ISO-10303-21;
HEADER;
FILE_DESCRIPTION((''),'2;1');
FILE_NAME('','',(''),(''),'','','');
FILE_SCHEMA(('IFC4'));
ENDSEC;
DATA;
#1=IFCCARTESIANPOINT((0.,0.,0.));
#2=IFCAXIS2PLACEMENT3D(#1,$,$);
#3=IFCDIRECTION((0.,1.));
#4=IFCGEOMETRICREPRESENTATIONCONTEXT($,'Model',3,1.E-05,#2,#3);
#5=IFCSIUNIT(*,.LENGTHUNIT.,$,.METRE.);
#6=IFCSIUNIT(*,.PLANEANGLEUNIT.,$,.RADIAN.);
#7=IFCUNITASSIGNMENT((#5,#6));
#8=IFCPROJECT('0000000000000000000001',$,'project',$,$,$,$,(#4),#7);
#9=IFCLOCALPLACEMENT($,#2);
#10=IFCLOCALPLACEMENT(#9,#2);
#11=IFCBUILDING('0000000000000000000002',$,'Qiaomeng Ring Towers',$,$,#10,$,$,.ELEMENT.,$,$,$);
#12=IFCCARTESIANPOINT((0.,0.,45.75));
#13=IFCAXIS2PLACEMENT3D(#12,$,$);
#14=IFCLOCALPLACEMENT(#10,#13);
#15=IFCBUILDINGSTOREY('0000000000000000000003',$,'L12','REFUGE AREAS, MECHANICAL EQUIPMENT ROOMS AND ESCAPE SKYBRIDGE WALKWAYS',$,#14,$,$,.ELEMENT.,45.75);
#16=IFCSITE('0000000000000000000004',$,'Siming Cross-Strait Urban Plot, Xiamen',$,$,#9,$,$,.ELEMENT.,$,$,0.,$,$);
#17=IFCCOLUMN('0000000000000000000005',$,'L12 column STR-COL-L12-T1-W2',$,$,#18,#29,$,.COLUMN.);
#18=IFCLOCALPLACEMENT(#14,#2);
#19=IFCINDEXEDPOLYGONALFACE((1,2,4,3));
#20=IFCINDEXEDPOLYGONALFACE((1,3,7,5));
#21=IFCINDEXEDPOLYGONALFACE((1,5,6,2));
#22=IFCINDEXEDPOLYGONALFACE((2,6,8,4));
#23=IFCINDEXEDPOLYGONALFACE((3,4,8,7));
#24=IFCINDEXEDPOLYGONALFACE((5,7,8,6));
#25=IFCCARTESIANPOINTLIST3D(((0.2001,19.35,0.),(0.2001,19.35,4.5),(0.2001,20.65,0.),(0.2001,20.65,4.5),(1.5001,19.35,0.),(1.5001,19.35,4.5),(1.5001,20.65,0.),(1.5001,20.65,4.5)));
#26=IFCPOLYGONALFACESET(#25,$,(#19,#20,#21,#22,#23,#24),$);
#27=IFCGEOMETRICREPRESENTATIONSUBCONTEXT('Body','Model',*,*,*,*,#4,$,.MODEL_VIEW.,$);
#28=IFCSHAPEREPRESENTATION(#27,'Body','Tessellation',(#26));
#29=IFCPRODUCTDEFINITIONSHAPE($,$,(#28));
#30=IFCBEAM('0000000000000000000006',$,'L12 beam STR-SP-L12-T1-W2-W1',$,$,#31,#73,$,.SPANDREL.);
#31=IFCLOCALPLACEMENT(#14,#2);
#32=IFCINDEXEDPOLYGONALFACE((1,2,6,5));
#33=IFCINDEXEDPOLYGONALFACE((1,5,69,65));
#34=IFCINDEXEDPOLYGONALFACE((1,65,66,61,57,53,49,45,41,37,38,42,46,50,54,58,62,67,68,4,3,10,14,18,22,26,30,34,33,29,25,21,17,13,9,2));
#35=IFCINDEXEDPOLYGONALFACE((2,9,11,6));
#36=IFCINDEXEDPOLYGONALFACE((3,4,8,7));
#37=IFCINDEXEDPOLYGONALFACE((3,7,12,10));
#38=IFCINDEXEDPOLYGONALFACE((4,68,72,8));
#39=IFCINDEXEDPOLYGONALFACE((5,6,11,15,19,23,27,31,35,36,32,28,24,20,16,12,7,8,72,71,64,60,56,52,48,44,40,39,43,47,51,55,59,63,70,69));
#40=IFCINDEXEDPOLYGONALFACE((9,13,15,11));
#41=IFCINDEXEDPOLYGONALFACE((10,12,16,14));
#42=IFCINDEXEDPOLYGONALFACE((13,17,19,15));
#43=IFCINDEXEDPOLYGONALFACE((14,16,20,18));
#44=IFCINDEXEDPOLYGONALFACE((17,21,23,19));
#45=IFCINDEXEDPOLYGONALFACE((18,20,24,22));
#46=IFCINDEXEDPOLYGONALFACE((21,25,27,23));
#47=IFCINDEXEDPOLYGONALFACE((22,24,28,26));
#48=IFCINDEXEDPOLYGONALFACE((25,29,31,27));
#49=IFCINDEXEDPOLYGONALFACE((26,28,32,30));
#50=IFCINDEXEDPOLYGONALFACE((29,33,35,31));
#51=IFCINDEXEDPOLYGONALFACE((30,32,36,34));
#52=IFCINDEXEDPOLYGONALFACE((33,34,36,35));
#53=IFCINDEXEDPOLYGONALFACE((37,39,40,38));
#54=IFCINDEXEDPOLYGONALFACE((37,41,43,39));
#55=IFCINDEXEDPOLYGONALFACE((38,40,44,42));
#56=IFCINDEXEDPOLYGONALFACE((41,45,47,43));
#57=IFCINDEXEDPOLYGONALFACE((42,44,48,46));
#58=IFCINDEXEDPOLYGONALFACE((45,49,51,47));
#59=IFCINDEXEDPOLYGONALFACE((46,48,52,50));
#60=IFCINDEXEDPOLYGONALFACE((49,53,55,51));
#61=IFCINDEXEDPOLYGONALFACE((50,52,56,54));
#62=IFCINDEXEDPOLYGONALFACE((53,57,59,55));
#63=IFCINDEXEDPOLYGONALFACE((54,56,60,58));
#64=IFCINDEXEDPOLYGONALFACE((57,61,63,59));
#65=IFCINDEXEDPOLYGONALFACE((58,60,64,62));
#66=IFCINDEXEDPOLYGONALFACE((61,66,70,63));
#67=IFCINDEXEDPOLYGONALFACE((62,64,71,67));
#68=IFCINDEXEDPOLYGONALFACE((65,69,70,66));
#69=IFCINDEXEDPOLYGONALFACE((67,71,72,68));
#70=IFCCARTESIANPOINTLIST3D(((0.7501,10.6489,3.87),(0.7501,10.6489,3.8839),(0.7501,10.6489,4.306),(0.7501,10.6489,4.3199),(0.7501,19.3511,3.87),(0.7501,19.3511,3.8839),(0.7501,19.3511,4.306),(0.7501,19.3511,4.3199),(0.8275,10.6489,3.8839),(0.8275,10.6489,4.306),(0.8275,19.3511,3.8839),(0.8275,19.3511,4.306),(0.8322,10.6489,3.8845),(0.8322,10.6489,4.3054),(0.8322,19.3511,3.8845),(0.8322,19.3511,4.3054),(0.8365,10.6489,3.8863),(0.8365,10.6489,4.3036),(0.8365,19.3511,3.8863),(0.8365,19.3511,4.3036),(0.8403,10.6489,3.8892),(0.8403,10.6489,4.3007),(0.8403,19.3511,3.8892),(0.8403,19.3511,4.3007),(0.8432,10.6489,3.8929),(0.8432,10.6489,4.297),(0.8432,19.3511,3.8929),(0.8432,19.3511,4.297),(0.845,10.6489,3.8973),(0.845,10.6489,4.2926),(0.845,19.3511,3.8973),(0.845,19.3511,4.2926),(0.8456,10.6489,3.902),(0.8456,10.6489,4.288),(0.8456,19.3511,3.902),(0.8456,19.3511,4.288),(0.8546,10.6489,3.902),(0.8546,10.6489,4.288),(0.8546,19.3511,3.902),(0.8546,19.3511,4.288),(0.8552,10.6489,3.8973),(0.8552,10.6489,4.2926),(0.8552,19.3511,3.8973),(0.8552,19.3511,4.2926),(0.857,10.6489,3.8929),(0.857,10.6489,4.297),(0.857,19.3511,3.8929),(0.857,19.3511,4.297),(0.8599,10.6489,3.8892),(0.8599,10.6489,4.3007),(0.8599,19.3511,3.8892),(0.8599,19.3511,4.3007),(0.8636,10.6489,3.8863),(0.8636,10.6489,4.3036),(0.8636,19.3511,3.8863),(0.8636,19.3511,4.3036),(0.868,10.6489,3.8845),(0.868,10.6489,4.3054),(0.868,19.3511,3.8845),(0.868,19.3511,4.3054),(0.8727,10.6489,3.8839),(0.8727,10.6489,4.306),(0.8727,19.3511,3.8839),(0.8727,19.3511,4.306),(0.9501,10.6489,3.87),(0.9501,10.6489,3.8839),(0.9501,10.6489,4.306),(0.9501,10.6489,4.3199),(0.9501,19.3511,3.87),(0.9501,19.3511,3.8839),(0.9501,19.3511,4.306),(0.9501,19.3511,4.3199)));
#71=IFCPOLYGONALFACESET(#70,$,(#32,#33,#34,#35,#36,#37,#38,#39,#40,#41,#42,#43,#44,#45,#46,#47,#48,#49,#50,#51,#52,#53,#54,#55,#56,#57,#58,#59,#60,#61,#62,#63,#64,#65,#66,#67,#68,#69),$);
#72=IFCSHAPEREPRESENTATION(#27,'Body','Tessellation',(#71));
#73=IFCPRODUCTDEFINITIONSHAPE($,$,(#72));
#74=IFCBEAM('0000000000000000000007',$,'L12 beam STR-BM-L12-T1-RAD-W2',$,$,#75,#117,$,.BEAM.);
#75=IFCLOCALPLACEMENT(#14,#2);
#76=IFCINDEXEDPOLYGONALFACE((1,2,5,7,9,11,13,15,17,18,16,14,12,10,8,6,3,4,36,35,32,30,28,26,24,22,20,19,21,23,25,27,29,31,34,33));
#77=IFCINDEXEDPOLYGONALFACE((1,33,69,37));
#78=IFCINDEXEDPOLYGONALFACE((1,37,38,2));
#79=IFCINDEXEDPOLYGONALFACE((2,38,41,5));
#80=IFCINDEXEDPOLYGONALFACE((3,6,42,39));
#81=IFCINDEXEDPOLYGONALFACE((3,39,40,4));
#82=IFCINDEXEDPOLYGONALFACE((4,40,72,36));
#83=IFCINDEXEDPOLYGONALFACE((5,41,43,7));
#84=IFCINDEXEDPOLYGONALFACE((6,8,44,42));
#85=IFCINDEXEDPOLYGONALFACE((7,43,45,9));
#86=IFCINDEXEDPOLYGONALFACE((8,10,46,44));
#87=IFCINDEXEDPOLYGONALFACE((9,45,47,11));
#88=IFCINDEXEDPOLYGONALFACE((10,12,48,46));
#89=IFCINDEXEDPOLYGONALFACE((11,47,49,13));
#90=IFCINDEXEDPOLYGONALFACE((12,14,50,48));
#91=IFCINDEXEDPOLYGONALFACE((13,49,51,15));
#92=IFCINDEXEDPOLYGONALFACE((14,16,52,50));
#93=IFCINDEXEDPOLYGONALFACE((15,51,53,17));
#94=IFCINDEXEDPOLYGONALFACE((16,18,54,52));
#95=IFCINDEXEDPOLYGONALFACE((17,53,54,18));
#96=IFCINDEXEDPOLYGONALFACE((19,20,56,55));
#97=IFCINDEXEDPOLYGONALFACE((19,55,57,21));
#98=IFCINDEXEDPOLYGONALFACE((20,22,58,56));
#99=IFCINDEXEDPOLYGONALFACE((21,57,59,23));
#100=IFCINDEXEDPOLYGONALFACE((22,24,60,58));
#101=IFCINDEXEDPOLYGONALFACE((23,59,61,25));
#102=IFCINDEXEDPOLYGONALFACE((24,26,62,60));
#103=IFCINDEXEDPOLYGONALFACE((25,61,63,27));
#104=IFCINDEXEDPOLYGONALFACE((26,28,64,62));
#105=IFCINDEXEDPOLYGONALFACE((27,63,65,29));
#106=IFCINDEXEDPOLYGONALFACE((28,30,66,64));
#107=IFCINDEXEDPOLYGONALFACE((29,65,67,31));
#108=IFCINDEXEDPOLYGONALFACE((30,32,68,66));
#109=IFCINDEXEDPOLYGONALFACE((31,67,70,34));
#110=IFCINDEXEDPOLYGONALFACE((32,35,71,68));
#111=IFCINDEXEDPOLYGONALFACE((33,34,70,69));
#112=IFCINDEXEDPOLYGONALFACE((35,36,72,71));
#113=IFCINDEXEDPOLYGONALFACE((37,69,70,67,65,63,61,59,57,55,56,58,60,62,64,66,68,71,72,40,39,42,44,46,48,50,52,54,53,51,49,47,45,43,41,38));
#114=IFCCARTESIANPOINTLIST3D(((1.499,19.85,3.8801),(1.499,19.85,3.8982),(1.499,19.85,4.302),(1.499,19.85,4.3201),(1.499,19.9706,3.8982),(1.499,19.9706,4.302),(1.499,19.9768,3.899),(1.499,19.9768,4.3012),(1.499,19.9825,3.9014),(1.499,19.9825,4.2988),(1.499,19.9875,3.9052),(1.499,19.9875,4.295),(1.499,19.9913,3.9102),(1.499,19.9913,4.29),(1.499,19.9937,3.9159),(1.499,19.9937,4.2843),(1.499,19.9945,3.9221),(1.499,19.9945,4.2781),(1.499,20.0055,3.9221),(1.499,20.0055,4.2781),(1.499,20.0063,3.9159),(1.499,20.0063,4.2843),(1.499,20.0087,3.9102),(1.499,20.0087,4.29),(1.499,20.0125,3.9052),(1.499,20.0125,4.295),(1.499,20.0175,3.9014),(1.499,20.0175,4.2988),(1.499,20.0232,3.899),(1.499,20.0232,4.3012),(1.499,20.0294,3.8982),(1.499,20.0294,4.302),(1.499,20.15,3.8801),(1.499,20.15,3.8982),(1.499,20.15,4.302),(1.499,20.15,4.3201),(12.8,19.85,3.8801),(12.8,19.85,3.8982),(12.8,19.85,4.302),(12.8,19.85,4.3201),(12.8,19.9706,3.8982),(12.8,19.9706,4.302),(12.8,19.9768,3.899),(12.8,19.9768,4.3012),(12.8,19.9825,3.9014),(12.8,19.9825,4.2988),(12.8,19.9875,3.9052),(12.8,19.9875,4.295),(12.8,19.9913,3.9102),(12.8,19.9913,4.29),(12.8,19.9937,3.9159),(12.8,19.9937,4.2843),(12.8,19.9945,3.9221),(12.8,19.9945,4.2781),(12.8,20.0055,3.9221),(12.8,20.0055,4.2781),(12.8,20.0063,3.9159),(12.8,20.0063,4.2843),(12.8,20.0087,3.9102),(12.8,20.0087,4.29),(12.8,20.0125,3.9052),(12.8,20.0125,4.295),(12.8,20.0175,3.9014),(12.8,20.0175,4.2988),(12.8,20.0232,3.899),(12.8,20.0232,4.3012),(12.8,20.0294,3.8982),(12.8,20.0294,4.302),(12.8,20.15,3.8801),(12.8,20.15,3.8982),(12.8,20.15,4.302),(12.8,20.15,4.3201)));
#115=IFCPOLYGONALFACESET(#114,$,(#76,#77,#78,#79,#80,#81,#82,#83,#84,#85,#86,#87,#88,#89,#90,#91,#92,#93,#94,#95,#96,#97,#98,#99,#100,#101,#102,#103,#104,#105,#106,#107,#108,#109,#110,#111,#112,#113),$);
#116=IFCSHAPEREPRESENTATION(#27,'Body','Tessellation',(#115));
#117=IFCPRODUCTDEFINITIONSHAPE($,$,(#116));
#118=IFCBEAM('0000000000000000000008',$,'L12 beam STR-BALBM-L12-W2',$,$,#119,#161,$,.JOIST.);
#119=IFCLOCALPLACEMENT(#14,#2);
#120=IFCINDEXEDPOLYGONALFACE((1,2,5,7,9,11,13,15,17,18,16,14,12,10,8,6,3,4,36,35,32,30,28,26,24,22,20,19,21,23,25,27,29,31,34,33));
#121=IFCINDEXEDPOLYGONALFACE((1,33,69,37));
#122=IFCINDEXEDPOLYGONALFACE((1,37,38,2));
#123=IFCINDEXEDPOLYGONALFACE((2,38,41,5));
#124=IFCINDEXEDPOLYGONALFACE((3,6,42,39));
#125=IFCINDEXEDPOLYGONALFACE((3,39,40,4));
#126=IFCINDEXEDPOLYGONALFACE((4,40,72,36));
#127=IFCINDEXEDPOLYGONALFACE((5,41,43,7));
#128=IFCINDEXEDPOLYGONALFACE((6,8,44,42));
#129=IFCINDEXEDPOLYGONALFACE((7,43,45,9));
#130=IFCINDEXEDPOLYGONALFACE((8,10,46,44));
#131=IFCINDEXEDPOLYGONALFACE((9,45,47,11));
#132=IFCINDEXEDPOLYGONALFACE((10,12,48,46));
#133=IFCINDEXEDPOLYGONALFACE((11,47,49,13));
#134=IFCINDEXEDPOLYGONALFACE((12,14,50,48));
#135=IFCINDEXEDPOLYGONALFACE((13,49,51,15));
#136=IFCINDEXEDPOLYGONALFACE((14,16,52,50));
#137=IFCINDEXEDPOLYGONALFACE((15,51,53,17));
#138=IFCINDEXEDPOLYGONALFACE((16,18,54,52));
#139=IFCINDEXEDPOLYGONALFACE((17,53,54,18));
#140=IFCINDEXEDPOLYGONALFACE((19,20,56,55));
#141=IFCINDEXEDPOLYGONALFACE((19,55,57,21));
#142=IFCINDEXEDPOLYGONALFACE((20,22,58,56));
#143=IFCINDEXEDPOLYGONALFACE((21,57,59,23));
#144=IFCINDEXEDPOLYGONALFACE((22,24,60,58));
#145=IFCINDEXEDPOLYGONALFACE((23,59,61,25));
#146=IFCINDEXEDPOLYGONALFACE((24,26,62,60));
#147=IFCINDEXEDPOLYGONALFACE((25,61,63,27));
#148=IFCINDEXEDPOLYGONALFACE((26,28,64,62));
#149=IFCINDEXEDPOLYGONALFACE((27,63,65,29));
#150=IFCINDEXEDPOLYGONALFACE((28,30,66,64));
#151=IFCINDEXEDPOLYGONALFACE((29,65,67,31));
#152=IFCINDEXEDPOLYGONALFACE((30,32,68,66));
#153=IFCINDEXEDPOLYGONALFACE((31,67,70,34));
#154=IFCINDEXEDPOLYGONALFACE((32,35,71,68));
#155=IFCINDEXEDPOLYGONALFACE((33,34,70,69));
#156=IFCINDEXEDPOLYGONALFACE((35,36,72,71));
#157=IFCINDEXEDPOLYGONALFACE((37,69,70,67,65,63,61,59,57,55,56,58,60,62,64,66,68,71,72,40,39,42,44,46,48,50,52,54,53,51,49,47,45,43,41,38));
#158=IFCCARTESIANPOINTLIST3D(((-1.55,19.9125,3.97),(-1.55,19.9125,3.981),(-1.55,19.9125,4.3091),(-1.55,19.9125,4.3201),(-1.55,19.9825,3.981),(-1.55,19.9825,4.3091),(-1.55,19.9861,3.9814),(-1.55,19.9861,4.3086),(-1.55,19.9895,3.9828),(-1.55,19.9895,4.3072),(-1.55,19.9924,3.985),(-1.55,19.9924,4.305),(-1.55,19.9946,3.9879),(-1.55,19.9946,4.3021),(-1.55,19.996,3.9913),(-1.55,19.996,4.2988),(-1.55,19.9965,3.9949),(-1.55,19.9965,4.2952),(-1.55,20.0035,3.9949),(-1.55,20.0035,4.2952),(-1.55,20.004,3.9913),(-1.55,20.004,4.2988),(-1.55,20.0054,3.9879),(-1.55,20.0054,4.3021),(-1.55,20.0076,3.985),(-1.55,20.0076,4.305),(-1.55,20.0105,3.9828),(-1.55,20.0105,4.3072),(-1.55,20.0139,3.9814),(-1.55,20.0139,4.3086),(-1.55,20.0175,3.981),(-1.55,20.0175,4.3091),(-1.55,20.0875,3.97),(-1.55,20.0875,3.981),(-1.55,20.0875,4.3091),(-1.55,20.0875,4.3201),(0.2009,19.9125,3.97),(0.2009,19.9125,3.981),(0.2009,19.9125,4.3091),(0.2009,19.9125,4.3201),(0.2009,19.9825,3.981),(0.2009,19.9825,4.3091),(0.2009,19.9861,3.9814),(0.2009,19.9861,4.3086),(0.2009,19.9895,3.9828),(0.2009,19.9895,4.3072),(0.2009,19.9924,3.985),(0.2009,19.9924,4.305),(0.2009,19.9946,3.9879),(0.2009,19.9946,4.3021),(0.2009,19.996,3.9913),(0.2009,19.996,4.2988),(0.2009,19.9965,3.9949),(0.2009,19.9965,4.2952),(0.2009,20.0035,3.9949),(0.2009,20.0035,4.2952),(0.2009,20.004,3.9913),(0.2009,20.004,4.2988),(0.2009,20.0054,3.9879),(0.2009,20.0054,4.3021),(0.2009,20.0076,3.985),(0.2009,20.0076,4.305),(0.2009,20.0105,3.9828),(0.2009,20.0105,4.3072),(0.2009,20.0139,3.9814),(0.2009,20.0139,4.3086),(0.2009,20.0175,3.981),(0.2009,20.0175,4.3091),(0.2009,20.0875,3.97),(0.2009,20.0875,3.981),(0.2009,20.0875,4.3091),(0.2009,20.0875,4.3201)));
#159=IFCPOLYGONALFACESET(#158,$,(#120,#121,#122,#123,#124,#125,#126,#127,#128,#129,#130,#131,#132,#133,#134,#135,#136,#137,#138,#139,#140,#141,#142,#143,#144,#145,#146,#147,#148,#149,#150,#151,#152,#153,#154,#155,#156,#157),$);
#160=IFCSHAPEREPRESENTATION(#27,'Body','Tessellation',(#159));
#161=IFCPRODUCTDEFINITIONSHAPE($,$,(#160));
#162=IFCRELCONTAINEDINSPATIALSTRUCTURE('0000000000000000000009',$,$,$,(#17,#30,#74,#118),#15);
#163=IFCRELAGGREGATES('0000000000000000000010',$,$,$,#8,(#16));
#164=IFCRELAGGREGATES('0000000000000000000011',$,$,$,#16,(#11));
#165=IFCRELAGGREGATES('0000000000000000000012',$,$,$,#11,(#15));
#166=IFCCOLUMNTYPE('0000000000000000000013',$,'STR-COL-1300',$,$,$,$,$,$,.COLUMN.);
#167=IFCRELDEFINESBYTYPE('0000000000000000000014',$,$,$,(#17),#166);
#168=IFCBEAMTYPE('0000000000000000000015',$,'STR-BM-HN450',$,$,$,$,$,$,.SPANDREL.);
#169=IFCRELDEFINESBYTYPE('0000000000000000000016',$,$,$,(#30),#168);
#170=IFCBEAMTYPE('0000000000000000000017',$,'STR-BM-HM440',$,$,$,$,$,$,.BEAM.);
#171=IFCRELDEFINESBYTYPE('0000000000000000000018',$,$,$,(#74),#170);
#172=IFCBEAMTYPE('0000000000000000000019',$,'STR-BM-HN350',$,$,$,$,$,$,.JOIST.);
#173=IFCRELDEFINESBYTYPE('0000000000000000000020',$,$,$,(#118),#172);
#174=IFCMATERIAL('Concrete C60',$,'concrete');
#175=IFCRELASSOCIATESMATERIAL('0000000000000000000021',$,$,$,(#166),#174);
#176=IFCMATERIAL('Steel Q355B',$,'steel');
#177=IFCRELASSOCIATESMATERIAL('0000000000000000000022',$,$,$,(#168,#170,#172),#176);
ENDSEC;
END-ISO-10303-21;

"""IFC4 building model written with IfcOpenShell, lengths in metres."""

from ifc_helpers import new_model, si_unit, direction, frame, origin, origin_2d, place, context, subcontext, project, spatial, rectangle, i_section, extrude, source, transform, mapped, material, material_profile, profile_set, type_object, element, save


model = new_model("IFC4")

# Units and contexts
model_context = context("Model", 3, precision=1e-05, world=origin(), true_north=direction((0.0, 1.0)))
body_context = subcontext(model_context, "Body", "Model", "MODEL_VIEW")
ifc_project = project(units=[si_unit("LENGTHUNIT", "METRE"), si_unit("PLANEANGLEUNIT", "RADIAN")], contexts=[model_context])

# Site, building, storey
site_placement = place(None, origin())
site = spatial("IfcSite", under=ifc_project, at=site_placement, Name="Siming Cross-Strait Urban Plot, Xiamen", CompositionType="ELEMENT", RefElevation=0.0)
building_placement = place(site_placement, origin())
building = spatial("IfcBuilding", under=site, at=building_placement, Name="Qiaomeng Ring Towers", CompositionType="ELEMENT")
storey_placement = place(building_placement, frame((0.0, 0.0, 45.75)))
storey = spatial("IfcBuildingStorey", under=building, at=storey_placement, Name="L12", Description="REFUGE AREAS, MECHANICAL EQUIPMENT ROOMS AND ESCAPE SKYBRIDGE WALKWAYS", CompositionType="ELEMENT", Elevation=45.75)

# Column
ifc_material_1 = material(Name="Concrete C60", Category="concrete")
ifc_material_profile_1 = material_profile(ifc_material_1, rectangle(XDim=1.3, YDim=1.3, at=origin_2d()), Name="RC COL 1300x1300")
ifc_profile_set_1 = profile_set([ifc_material_profile_1], Name="Concrete C60")
column_type = type_object("IfcColumnType", Name="STR-COL-1300", PredefinedType="COLUMN", material=ifc_profile_set_1)
shared_shape_1 = source(origin(), body_context, "Body", "SweptSolid", [
    extrude(rectangle(XDim=1.3, YDim=1.3, at=origin_2d()), origin(), (0.0, 0.0, 1.0), 4.5),
])
column_placement = place(storey_placement, frame((0.8501, 20.0, 0.0), z_axis=(0.0, 0.0, 1.0), x_axis=(1.0, 0.0, 0.0)))
element("IfcColumn", 1, at=column_placement, inside=storey, type_object=column_type, Name="L12 column STR-COL-L12-T1-W2", PredefinedType="COLUMN", context=body_context, shape_type="MappedRepresentation", body=[
    mapped(shared_shape_1, transform((0.0, 0.0, 0.0), x_axis=(1.0, 0.0, 0.0), y_axis=(0.0, 1.0, 0.0), z_axis=(0.0, 0.0, 1.0), scale=1.0)),
])

# Beams
ifc_material_2 = material(Name="Steel Q355B", Category="steel")
ifc_material_profile_2 = material_profile(ifc_material_2, i_section(OverallWidth=0.2, OverallDepth=0.45, WebThickness=0.009, FlangeThickness=0.0139, FilletRadius=0.0181, at=origin_2d()), Name="HN 450x200x9x14")
ifc_profile_set_2 = profile_set([ifc_material_profile_2], Name="Steel Q355B")
beam_type_1 = type_object("IfcBeamType", Name="STR-BM-HN450", PredefinedType="SPANDREL", material=ifc_profile_set_2)
shared_shape_2 = source(origin(), body_context, "Body", "SweptSolid", [
    extrude(i_section(OverallWidth=0.2, OverallDepth=0.45, WebThickness=0.009, FlangeThickness=0.0139, FilletRadius=0.0181, at=origin_2d()), origin(), (0.0, 0.0, 1.0), 8.7021),
])
beam_1_placement = place(storey_placement, frame((0.8501, 19.3511, 4.095), z_axis=(0.0, -1.0, 0.0), x_axis=(1.0, 0.0, 0.0)))
element("IfcBeam", 2, at=beam_1_placement, inside=storey, type_object=beam_type_1, Name="L12 beam STR-SP-L12-T1-W2-W1", PredefinedType="SPANDREL", context=body_context, shape_type="MappedRepresentation", body=[
    mapped(shared_shape_2, transform((0.0, 0.0, 0.0), x_axis=(1.0, 0.0, 0.0), y_axis=(0.0, 1.0, 0.0), z_axis=(0.0, 0.0, 1.0), scale=1.0)),
])
ifc_material_profile_3 = material_profile(ifc_material_2, i_section(OverallWidth=0.3, OverallDepth=0.4399, WebThickness=0.011, FlangeThickness=0.0181, FilletRadius=0.0239, at=origin_2d()), Name="HM 440x300x11x18")
ifc_profile_set_3 = profile_set([ifc_material_profile_3], Name="Steel Q355B")
beam_type_2 = type_object("IfcBeamType", Name="STR-BM-HM440", PredefinedType="BEAM", material=ifc_profile_set_3)
shared_shape_3 = source(origin(), body_context, "Body", "SweptSolid", [
    extrude(i_section(OverallWidth=0.3, OverallDepth=0.4399, WebThickness=0.011, FlangeThickness=0.0181, FilletRadius=0.0239, at=origin_2d()), origin(), (0.0, 0.0, 1.0), 11.301),
])
beam_2_placement = place(storey_placement, frame((1.499, 20.0, 4.1001), z_axis=(1.0, 0.0, 0.0), x_axis=(0.0, 1.0, 0.0)))
element("IfcBeam", 3, at=beam_2_placement, inside=storey, type_object=beam_type_2, Name="L12 beam STR-BM-L12-T1-RAD-W2", PredefinedType="BEAM", context=body_context, shape_type="MappedRepresentation", body=[
    mapped(shared_shape_3, transform((0.0, 0.0, 0.0), x_axis=(1.0, 0.0, 0.0), y_axis=(0.0, 1.0, 0.0), z_axis=(0.0, 0.0, 1.0), scale=1.0)),
])
ifc_material_profile_4 = material_profile(ifc_material_2, i_section(OverallWidth=0.175, OverallDepth=0.3501, WebThickness=0.0071, FlangeThickness=0.011, FilletRadius=0.0139, at=origin_2d()), Name="HN 350x175x7x11")
ifc_profile_set_4 = profile_set([ifc_material_profile_4], Name="Steel Q355B")
beam_type_3 = type_object("IfcBeamType", Name="STR-BM-HN350", PredefinedType="JOIST", material=ifc_profile_set_4)
shared_shape_4 = source(origin(), body_context, "Body", "SweptSolid", [
    extrude(i_section(OverallWidth=0.175, OverallDepth=0.3501, WebThickness=0.0071, FlangeThickness=0.011, FilletRadius=0.0139, at=origin_2d()), origin(), (0.0, 0.0, 1.0), 1.751),
])
beam_3_placement = place(storey_placement, frame((-1.55, 20.0, 4.145), z_axis=(1.0, 0.0, 0.0), x_axis=(0.0, 1.0, 0.0)))
element("IfcBeam", 4, at=beam_3_placement, inside=storey, type_object=beam_type_3, Name="L12 beam STR-BALBM-L12-W2", PredefinedType="JOIST", context=body_context, shape_type="MappedRepresentation", body=[
    mapped(shared_shape_4, transform((0.0, 0.0, 0.0), x_axis=(1.0, 0.0, 0.0), y_axis=(0.0, 1.0, 0.0), z_axis=(0.0, 0.0, 1.0), scale=1.0)),
])

save(model, "model.ifc")
